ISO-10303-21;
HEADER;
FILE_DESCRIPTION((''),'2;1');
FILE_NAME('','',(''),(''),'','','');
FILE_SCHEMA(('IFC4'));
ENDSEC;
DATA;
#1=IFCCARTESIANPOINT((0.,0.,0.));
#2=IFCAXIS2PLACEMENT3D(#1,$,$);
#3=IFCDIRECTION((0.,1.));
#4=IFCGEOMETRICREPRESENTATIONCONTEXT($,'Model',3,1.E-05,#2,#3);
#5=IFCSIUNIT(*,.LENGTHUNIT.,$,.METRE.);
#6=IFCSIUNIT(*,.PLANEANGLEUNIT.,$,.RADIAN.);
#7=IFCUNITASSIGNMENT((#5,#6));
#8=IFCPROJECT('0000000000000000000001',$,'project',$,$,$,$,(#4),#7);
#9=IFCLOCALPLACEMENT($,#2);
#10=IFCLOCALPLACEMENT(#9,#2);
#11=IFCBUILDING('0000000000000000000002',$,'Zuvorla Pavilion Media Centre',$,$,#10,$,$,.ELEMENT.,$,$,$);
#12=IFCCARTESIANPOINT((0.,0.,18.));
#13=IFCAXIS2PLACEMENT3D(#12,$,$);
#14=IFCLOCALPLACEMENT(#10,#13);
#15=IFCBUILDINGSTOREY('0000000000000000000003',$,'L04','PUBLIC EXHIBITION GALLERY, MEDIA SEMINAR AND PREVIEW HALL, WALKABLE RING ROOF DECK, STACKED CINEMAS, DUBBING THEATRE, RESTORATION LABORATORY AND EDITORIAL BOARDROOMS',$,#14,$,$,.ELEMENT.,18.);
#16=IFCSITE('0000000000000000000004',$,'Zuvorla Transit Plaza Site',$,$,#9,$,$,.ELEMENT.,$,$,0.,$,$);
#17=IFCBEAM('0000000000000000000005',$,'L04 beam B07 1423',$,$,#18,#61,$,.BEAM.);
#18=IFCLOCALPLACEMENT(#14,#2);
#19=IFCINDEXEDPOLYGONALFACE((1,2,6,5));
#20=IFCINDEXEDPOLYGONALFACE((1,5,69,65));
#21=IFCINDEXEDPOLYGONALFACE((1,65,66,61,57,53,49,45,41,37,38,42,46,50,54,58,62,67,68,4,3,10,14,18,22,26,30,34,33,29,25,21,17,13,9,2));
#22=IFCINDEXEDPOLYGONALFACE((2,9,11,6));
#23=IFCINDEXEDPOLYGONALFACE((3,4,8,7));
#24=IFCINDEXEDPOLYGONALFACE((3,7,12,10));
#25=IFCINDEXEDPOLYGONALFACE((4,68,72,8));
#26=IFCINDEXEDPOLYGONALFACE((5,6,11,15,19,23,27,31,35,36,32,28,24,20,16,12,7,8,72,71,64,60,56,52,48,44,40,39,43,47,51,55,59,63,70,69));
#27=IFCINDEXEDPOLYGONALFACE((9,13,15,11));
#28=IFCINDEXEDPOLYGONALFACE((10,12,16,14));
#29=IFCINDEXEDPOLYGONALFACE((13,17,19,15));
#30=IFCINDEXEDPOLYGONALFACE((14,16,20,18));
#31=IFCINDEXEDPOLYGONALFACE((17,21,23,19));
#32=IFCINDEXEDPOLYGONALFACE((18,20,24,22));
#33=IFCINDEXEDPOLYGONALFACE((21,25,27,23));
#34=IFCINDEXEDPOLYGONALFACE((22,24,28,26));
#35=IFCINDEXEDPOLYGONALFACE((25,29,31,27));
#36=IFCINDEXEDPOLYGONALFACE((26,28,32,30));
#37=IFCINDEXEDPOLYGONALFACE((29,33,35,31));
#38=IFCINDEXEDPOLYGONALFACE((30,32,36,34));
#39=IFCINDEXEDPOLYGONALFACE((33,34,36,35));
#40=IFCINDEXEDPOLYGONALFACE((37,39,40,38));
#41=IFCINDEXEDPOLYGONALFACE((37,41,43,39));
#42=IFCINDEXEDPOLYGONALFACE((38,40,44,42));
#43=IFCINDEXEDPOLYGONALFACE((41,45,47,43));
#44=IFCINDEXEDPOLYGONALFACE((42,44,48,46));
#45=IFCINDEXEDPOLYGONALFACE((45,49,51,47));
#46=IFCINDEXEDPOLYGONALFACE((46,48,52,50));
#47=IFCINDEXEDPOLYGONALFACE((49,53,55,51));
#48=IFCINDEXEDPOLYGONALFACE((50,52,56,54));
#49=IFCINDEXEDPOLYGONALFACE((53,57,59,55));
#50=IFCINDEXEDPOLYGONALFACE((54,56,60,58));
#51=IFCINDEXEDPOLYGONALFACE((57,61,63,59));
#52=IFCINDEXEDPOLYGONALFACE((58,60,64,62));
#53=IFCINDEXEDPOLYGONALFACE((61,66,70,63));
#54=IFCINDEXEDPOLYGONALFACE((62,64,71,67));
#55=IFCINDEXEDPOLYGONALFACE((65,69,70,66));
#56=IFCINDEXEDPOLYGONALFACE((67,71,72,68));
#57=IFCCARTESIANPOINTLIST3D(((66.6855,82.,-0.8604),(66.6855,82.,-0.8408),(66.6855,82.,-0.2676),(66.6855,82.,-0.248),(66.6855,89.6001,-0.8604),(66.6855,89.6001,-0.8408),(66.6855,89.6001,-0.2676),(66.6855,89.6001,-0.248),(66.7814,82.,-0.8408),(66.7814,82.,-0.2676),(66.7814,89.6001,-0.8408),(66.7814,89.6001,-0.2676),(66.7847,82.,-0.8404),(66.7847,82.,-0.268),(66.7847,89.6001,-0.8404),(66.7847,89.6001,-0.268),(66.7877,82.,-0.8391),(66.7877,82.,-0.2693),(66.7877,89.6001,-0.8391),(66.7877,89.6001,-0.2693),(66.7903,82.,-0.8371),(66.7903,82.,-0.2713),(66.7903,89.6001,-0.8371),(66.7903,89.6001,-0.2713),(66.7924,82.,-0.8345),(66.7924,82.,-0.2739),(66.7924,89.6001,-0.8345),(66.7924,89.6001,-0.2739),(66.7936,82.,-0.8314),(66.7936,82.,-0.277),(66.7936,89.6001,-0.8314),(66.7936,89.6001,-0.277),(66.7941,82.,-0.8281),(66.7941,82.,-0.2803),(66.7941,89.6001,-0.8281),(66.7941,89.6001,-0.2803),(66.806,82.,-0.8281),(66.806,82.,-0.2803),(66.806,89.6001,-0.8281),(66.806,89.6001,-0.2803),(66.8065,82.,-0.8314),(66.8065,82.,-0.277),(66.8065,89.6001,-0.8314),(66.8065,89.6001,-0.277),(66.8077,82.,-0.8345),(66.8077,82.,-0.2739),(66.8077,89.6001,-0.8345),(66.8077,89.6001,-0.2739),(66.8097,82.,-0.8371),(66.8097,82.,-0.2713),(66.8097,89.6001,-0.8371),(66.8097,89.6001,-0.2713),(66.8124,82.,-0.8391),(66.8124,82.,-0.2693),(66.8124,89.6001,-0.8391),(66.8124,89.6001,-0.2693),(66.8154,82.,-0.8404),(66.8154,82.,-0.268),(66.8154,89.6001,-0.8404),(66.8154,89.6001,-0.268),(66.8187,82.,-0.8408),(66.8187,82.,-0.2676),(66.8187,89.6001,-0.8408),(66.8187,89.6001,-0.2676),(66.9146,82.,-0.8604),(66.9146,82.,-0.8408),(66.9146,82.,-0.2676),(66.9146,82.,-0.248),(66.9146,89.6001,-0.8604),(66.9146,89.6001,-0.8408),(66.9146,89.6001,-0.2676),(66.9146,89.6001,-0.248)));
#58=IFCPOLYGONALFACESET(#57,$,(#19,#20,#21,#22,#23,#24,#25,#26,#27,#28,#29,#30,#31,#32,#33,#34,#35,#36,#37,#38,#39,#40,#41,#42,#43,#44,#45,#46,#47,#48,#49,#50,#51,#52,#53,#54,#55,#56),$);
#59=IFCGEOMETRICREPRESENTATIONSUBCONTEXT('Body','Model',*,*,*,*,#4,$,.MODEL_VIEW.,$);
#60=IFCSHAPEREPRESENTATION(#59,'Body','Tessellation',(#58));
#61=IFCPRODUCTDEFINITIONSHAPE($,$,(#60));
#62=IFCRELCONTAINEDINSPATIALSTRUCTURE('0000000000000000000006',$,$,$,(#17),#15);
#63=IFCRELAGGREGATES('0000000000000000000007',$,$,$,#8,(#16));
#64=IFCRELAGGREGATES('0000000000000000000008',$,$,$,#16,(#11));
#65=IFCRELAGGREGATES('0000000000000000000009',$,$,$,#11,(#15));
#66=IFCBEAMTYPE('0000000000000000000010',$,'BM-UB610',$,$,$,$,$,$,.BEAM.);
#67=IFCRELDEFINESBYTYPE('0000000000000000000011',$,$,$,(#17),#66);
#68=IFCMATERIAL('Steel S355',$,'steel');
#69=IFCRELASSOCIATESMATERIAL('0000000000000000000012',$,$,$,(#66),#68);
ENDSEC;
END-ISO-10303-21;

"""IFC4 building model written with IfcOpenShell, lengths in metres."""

from ifc_helpers import new_model, si_unit, direction, frame, origin, origin_2d, place, context, subcontext, project, spatial, i_section, extrude, material, material_profile, profile_set, type_object, element, save


model = new_model("IFC4")

# Units and contexts
model_context = context("Model", 3, precision=1e-05, world=origin(), true_north=direction((0.0, 1.0)))
body_context = subcontext(model_context, "Body", "Model", "MODEL_VIEW")
ifc_project = project(units=[si_unit("LENGTHUNIT", "METRE"), si_unit("PLANEANGLEUNIT", "RADIAN")], contexts=[model_context])

# Site, building, storey
site_placement = place(None, origin())
site = spatial("IfcSite", under=ifc_project, at=site_placement, Name="Zuvorla Transit Plaza Site", CompositionType="ELEMENT", RefElevation=0.0)
building_placement = place(site_placement, origin())
building = spatial("IfcBuilding", under=site, at=building_placement, Name="Zuvorla Pavilion Media Centre", CompositionType="ELEMENT")
storey_placement = place(building_placement, frame((0.0, 0.0, 18.0)))
storey = spatial("IfcBuildingStorey", under=building, at=storey_placement, Name="L04", Description="PUBLIC EXHIBITION GALLERY, MEDIA SEMINAR AND PREVIEW HALL, WALKABLE RING ROOF DECK, STACKED CINEMAS, DUBBING THEATRE, RESTORATION LABORATORY AND EDITORIAL BOARDROOMS", CompositionType="ELEMENT", Elevation=18.0)

# Beam
ifc_material = material(Name="Steel S355", Category="steel")
ifc_material_profile_1 = material_profile(ifc_material, i_section(OverallWidth=0.229, OverallDepth=0.6123, WebThickness=0.012, FlangeThickness=0.0195, FilletRadius=0.0127, at=origin_2d()), Name="UB 610x229x125")
ifc_profile_set_1 = profile_set([ifc_material_profile_1], Name="Steel S355")
beam_type_1 = type_object("IfcBeamType", Name="BM-UB610", PredefinedType="BEAM", material=ifc_profile_set_1)
for number, where, z_axis, x_axis, name in (
    (1, (66.8, 82.0, -0.5542), (0.0, 1.0, 0.0), (-1.0, 0.0, 0.0), "L04 beam B07 1423"),
):
    element("IfcBeam", number, at=place(storey_placement, frame(where, z_axis=z_axis, x_axis=x_axis)), inside=storey, type_object=beam_type_1, Name=name, PredefinedType="BEAM", context=body_context, shape_type="SweptSolid", body=[
        extrude(i_section(OverallWidth=0.229, OverallDepth=0.6123, WebThickness=0.012, FlangeThickness=0.0195, FilletRadius=0.0127, at=origin_2d()), origin(), (0.0, 0.0, 1.0), 7.6001),
    ])

save(model, "model.ifc")
